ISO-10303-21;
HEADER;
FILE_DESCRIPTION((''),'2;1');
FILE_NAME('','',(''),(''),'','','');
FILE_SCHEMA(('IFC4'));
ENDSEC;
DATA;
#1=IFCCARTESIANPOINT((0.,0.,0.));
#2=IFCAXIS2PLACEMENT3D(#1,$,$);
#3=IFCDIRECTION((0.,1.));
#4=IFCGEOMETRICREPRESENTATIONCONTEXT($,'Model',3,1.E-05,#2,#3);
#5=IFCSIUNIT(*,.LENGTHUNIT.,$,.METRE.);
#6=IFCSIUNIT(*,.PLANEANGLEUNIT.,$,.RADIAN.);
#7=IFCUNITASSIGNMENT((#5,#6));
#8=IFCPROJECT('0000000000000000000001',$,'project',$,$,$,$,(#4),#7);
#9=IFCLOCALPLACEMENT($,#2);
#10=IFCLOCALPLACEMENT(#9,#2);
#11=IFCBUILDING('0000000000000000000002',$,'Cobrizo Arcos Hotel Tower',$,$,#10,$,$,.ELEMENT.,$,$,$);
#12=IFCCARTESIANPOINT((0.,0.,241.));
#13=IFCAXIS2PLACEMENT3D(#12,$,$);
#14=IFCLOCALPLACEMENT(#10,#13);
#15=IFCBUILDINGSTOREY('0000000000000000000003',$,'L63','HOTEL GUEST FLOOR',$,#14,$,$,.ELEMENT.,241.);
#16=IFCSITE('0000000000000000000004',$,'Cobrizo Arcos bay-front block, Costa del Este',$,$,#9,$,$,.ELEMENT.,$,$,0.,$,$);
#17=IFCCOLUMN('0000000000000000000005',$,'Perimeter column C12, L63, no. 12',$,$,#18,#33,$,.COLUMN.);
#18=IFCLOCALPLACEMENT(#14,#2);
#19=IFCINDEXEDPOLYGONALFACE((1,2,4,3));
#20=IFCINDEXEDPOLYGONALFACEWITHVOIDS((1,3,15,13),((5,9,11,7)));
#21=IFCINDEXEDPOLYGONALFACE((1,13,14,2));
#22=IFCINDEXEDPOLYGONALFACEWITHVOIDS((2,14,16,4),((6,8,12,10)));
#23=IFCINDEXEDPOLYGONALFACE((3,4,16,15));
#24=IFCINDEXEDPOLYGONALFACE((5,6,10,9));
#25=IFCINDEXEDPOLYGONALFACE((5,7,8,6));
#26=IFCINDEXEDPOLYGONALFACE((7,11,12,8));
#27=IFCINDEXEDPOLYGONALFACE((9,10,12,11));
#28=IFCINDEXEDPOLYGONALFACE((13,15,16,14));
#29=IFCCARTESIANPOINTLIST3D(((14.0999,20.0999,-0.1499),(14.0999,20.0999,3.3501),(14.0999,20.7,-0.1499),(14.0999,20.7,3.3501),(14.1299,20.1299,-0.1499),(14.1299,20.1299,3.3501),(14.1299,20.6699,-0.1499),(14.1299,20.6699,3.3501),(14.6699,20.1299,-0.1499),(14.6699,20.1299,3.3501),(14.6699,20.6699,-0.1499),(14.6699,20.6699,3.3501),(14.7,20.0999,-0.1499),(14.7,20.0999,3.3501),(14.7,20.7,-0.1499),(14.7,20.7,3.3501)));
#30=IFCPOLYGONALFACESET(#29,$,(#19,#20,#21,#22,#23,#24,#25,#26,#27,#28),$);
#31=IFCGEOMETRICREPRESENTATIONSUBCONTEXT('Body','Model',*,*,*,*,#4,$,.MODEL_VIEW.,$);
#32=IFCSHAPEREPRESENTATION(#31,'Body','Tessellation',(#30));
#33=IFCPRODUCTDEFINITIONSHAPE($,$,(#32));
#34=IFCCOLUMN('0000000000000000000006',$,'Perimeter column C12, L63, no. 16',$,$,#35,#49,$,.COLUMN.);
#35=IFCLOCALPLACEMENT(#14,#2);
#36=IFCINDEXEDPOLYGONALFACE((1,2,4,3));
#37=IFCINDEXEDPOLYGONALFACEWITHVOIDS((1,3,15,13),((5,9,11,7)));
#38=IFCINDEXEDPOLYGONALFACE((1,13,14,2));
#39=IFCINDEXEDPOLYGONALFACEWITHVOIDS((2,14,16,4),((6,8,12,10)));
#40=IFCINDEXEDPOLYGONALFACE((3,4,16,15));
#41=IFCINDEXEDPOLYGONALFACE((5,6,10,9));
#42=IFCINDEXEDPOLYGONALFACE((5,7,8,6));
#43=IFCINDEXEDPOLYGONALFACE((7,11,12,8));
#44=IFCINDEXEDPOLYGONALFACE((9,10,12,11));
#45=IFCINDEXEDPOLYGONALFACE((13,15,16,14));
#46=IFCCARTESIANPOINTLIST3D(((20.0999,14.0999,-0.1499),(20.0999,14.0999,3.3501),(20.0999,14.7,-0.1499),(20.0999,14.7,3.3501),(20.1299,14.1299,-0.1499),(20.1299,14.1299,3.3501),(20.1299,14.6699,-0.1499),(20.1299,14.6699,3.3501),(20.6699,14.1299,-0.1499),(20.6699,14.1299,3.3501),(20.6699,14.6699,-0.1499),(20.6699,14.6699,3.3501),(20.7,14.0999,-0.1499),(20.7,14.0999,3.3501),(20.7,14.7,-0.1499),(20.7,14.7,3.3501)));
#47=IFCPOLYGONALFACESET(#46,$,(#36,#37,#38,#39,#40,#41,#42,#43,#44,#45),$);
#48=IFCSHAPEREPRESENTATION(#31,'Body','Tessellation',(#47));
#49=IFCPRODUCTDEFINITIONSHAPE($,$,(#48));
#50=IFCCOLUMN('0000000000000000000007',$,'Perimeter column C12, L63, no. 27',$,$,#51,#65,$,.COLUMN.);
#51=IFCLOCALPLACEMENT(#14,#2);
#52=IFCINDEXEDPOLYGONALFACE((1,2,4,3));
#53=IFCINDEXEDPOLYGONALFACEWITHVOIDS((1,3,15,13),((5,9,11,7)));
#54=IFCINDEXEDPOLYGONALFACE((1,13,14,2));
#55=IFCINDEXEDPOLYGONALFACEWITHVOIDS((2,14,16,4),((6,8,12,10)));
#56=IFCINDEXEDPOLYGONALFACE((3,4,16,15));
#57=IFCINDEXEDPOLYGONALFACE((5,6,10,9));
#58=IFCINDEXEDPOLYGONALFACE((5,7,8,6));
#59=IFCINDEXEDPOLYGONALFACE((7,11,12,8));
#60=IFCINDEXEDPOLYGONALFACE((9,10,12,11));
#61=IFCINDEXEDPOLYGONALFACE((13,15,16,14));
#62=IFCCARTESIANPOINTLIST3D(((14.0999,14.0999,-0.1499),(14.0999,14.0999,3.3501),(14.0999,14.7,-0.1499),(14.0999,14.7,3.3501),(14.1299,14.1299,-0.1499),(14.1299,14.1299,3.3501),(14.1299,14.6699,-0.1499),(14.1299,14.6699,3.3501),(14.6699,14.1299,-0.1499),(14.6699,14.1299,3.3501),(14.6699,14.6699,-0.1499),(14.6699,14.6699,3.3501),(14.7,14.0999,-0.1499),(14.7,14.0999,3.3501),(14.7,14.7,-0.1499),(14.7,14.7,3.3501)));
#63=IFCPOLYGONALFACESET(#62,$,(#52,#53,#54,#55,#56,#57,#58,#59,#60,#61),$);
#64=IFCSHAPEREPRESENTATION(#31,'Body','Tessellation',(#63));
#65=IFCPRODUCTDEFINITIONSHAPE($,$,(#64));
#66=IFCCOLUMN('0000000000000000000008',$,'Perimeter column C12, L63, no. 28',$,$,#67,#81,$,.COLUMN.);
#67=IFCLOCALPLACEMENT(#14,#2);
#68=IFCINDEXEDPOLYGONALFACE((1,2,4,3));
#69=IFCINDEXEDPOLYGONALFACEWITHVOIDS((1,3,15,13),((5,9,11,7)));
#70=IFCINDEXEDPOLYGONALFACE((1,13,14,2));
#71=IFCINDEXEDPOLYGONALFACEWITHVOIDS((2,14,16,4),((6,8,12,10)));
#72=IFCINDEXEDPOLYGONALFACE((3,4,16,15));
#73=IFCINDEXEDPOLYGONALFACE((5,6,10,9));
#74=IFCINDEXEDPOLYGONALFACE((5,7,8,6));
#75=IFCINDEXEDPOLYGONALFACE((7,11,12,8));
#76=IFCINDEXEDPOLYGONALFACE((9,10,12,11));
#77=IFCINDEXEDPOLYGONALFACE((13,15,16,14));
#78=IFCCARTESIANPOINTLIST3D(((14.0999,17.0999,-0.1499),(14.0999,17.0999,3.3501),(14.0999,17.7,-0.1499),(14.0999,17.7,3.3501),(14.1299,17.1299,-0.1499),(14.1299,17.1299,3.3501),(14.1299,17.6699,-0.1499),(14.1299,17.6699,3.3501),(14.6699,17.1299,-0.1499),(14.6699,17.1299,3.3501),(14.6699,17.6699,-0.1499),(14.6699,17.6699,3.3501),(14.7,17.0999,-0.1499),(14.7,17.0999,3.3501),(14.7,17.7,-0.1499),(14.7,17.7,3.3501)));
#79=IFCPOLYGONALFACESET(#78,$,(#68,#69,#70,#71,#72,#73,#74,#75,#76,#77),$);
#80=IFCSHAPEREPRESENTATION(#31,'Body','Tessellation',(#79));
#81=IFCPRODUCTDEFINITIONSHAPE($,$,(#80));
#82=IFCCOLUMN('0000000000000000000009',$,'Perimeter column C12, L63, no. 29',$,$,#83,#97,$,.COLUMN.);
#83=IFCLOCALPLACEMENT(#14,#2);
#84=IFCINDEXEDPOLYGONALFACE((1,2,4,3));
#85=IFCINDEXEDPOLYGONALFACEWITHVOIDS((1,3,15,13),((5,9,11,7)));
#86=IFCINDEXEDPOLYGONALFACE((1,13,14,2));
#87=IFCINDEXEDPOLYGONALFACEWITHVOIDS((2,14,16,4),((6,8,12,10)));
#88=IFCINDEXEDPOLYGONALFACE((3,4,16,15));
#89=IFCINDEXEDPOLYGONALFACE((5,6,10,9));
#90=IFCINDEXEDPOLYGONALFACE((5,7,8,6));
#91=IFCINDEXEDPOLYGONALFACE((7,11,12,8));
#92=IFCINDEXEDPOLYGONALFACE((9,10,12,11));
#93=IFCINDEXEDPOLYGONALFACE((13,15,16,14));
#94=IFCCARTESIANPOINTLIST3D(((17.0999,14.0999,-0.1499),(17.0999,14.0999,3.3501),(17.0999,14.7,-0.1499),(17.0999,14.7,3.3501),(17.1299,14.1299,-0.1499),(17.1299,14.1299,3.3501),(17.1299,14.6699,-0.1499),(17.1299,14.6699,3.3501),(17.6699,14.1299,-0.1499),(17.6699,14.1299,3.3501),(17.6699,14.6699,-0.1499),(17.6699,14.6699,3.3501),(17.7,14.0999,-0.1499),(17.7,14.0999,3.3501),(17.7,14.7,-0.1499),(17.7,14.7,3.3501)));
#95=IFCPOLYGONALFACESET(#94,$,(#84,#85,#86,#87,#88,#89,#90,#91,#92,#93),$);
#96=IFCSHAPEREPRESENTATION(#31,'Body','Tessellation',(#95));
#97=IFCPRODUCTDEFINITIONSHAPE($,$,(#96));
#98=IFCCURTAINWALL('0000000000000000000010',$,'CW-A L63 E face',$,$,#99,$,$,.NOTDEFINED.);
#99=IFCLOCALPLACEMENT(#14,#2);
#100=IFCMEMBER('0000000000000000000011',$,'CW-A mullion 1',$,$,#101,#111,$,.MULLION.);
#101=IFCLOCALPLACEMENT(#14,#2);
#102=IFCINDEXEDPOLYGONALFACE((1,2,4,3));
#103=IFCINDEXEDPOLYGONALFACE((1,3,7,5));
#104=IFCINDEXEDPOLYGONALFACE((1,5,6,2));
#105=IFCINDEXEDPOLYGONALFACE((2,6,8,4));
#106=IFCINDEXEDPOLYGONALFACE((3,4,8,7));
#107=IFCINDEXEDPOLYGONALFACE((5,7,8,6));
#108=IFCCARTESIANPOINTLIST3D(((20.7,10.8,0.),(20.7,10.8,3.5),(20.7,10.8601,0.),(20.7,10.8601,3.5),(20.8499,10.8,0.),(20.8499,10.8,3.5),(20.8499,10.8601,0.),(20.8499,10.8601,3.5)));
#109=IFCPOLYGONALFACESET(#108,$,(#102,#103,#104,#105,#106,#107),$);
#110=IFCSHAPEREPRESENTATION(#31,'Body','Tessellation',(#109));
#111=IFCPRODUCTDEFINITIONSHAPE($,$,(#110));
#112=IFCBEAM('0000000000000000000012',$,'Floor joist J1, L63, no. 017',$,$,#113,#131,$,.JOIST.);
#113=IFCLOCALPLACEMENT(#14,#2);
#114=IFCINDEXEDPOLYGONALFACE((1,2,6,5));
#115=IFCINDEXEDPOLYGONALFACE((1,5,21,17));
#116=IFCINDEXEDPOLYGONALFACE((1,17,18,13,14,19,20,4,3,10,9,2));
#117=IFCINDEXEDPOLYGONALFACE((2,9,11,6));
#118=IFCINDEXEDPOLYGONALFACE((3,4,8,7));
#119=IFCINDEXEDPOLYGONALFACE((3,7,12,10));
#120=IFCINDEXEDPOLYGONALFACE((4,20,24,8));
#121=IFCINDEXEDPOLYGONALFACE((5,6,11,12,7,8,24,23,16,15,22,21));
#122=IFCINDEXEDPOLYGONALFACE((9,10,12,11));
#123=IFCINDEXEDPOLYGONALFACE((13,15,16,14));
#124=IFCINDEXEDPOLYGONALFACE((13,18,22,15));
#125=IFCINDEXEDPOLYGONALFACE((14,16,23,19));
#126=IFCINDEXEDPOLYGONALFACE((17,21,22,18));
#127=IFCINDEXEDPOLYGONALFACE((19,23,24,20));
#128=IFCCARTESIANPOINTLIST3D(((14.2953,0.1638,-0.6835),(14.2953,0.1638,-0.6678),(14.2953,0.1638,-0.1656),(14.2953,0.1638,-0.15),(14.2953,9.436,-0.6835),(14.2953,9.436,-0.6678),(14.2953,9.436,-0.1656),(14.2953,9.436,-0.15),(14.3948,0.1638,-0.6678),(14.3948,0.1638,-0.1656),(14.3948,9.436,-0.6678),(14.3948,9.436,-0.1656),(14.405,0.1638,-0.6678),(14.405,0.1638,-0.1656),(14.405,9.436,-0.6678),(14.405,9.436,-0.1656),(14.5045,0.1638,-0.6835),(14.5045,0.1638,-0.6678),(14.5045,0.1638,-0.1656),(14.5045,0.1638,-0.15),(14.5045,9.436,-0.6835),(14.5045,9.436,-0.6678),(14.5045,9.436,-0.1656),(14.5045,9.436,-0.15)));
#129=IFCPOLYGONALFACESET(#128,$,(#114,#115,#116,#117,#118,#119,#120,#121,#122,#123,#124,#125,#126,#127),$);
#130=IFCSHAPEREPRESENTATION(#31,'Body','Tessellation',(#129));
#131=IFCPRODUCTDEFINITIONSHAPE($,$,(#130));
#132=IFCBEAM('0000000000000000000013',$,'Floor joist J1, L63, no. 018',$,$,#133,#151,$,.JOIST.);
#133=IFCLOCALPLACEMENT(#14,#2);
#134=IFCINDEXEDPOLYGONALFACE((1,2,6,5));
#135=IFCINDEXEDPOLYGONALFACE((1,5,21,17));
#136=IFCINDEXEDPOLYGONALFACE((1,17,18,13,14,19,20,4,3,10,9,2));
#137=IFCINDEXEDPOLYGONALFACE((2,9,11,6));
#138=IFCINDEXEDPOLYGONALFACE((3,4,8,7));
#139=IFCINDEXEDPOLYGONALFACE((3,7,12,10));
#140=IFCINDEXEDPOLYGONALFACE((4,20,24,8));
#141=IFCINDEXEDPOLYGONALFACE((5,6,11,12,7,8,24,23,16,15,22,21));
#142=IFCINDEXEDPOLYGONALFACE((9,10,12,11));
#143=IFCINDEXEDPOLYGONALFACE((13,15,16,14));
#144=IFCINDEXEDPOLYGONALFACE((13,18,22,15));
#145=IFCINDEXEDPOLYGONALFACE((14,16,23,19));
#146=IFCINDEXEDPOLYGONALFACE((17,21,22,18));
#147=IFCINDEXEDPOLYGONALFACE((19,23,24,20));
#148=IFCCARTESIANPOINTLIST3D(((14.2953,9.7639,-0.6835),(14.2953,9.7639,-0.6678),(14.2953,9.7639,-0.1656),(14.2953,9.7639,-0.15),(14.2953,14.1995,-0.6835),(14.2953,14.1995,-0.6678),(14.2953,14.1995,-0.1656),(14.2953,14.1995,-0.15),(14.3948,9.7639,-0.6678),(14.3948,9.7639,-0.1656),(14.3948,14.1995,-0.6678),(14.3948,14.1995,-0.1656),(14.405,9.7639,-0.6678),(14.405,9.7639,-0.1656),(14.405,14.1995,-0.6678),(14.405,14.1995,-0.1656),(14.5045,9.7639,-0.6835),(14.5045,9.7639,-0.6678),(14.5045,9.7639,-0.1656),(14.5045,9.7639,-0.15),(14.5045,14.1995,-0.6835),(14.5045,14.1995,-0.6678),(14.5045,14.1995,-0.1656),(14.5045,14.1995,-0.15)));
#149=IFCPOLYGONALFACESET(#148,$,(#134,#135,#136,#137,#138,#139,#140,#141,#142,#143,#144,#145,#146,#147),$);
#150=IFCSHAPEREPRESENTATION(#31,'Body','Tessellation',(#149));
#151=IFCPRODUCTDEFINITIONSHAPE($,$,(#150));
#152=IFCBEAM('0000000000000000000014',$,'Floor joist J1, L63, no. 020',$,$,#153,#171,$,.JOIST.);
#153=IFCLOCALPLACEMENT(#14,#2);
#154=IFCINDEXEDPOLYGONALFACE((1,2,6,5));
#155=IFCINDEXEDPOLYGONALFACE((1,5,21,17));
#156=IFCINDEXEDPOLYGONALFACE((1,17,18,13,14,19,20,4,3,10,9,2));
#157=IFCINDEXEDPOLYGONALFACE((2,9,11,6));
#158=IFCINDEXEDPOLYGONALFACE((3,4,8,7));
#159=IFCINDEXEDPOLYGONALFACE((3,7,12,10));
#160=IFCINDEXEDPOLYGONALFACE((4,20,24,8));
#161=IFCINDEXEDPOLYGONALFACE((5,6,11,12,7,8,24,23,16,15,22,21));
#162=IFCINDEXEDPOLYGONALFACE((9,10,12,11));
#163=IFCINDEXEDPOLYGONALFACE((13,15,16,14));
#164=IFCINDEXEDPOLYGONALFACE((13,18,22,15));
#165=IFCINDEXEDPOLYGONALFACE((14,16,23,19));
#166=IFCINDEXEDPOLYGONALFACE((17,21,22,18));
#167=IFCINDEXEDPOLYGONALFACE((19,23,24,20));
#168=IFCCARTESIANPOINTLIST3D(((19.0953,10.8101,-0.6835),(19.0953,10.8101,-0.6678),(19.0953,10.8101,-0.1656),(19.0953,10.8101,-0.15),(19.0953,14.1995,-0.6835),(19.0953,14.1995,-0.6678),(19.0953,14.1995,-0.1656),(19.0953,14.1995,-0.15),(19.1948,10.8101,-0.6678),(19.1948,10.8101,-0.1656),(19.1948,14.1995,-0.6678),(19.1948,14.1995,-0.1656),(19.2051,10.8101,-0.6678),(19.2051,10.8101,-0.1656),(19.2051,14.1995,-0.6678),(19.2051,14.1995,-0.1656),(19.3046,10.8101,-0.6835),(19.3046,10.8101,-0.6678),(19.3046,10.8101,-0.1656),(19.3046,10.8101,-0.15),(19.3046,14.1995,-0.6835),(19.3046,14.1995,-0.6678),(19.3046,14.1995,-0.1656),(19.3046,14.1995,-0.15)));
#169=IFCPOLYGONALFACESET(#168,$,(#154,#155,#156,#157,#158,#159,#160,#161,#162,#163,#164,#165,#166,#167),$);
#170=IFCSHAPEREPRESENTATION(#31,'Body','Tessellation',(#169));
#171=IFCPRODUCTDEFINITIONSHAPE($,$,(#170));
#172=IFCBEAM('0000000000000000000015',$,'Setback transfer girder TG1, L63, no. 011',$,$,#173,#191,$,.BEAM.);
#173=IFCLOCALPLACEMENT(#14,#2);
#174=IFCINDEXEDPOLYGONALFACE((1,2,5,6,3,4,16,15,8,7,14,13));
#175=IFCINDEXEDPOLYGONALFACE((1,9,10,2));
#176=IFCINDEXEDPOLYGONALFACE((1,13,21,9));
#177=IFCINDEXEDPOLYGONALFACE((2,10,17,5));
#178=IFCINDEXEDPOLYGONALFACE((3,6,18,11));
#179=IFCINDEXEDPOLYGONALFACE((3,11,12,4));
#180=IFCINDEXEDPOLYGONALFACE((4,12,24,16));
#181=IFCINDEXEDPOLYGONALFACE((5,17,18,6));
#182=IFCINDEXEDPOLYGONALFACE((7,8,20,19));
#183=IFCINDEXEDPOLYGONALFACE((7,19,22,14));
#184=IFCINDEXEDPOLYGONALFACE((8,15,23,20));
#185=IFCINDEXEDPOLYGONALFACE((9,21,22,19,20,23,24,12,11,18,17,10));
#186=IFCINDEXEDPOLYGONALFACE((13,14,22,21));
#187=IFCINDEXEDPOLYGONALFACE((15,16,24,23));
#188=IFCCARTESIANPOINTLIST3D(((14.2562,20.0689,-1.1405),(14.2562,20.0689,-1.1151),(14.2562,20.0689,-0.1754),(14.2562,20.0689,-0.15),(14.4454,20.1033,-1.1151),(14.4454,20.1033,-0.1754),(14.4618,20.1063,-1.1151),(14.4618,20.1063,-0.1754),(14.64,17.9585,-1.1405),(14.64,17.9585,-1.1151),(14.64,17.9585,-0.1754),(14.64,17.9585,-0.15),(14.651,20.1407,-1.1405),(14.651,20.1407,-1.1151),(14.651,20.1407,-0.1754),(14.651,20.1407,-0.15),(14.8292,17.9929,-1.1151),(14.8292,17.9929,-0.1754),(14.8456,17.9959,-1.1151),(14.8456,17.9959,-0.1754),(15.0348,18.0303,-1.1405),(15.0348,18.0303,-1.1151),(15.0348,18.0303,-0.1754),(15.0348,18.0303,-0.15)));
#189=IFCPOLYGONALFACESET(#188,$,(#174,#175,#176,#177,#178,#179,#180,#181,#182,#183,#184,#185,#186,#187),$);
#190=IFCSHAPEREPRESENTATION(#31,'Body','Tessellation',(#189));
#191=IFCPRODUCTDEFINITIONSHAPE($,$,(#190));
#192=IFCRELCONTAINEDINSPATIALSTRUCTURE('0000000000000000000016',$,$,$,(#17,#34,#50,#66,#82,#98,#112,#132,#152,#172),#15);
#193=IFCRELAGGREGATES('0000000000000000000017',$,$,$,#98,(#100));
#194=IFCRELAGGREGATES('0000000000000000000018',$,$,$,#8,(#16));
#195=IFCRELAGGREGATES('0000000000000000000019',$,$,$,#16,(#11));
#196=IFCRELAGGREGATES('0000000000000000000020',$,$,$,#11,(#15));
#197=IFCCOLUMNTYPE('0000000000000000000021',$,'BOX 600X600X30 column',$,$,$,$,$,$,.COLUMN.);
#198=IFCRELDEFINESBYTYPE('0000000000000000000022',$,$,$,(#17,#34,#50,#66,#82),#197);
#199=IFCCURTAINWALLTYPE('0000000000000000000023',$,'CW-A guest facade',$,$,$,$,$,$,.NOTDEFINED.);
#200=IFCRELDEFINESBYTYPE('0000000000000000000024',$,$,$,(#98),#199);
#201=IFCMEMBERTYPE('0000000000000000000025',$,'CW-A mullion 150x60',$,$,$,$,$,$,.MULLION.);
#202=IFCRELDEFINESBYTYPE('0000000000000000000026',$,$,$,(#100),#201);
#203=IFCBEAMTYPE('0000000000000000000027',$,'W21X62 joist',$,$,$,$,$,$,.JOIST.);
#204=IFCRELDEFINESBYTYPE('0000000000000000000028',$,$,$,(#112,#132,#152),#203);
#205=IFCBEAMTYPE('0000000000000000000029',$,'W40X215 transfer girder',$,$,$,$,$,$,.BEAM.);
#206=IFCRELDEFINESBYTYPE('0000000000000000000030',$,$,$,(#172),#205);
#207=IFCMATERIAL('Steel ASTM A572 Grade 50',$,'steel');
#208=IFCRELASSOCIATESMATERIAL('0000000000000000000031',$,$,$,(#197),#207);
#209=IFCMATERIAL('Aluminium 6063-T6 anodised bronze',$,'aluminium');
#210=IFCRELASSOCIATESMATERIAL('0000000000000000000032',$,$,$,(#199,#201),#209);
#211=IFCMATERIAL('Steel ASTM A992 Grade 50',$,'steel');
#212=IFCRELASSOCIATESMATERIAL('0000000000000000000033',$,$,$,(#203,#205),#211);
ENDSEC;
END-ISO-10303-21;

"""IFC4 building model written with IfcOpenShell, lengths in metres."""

from ifc_helpers import new_model, si_unit, direction, frame, origin, origin_2d, place, context, subcontext, project, spatial, rectangle, hollow_rectangle, i_section, extrude, material, material_profile, profile_set, type_object, element, aggregate, save


model = new_model("IFC4")

# Units and contexts
model_context = context("Model", 3, precision=1e-05, world=origin(), true_north=direction((0.0, 1.0)))
body_context = subcontext(model_context, "Body", "Model", "MODEL_VIEW")
ifc_project = project(units=[si_unit("LENGTHUNIT", "METRE"), si_unit("PLANEANGLEUNIT", "RADIAN")], contexts=[model_context])

# Site, building, storey
site_placement = place(None, origin())
site = spatial("IfcSite", under=ifc_project, at=site_placement, Name="Cobrizo Arcos bay-front block, Costa del Este", CompositionType="ELEMENT", RefElevation=0.0)
building_placement = place(site_placement, origin())
building = spatial("IfcBuilding", under=site, at=building_placement, Name="Cobrizo Arcos Hotel Tower", CompositionType="ELEMENT")
storey_placement = place(building_placement, frame((0.0, 0.0, 241.0)))
storey = spatial("IfcBuildingStorey", under=building, at=storey_placement, Name="L63", Description="HOTEL GUEST FLOOR", CompositionType="ELEMENT", Elevation=241.0)

# Columns
ifc_material_1 = material(Name="Steel ASTM A572 Grade 50", Category="steel")
ifc_material_profile_1 = material_profile(ifc_material_1, hollow_rectangle(XDim=0.6001, YDim=0.6001, WallThickness=0.03, at=origin_2d()), Name="BOX 600X600X30")
ifc_profile_set_1 = profile_set([ifc_material_profile_1], Name="Steel ASTM A572 Grade 50")
column_type = type_object("IfcColumnType", Name="BOX 600X600X30 column", PredefinedType="COLUMN", material=ifc_profile_set_1)
for number, where, z_axis, x_axis, name in (
    (1, (14.3999, 20.3999, -0.1499), (0.0, 0.0, 1.0), (1.0, 0.0, 0.0), "Perimeter column C12, L63, no. 12"),
    (2, (20.3999, 14.3999, -0.1499), (0.0, 0.0, 1.0), (1.0, 0.0, 0.0), "Perimeter column C12, L63, no. 16"),
    (3, (14.3999, 14.3999, -0.1499), (0.0, 0.0, 1.0), (1.0, 0.0, 0.0), "Perimeter column C12, L63, no. 27"),
    (4, (14.3999, 17.3999, -0.1499), (0.0, 0.0, 1.0), (1.0, 0.0, 0.0), "Perimeter column C12, L63, no. 28"),
    (5, (17.3999, 14.3999, -0.1499), (0.0, 0.0, 1.0), (1.0, 0.0, 0.0), "Perimeter column C12, L63, no. 29"),
):
    element("IfcColumn", number, at=place(storey_placement, frame(where, z_axis=z_axis, x_axis=x_axis)), inside=storey, type_object=column_type, Name=name, PredefinedType="COLUMN", context=body_context, shape_type="SweptSolid", body=[
        extrude(hollow_rectangle(XDim=0.6001, YDim=0.6001, WallThickness=0.03, at=origin_2d()), origin(), (0.0, 0.0, 1.0), 3.5),
    ])

# Curtain wall, member
ifc_material_2 = material(Name="Aluminium 6063-T6 anodised bronze", Category="aluminium")
curtain_wall_type = type_object("IfcCurtainWallType", Name="CW-A guest facade", PredefinedType="NOTDEFINED", material=ifc_material_2)
curtain_wall_placement = place(storey_placement, origin())
curtain_wall = element("IfcCurtainWall", 6, at=curtain_wall_placement, inside=storey, type_object=curtain_wall_type, Name="CW-A L63 E face", PredefinedType="NOTDEFINED")
ifc_material_profile_2 = material_profile(ifc_material_2, rectangle(XDim=0.1499, YDim=0.0601, at=origin_2d()), Name="CW-A mullion 150x60")
ifc_profile_set_2 = profile_set([ifc_material_profile_2], Name="Aluminium 6063-T6 anodised bronze")
member_type = type_object("IfcMemberType", Name="CW-A mullion 150x60", PredefinedType="MULLION", material=ifc_profile_set_2)
member_placement = place(storey_placement, frame((20.7749, 10.8301, 0.0), z_axis=(0.0, 0.0, 1.0), x_axis=(1.0, 0.0, 0.0)))
member = element("IfcMember", 7, at=member_placement, type_object=member_type, Name="CW-A mullion 1", PredefinedType="MULLION", context=body_context, shape_type="SweptSolid", body=[
    extrude(rectangle(XDim=0.1499, YDim=0.0601, at=origin_2d()), origin(), (0.0, 0.0, 1.0), 3.5),
])

# Beams
ifc_material_3 = material(Name="Steel ASTM A992 Grade 50", Category="steel")
ifc_material_profile_3 = material_profile(ifc_material_3, i_section(OverallWidth=0.2092, OverallDepth=0.5334, WebThickness=0.0103, FlangeThickness=0.0156, at=origin_2d()), Name="W21X62")
ifc_profile_set_3 = profile_set([ifc_material_profile_3], Name="Steel ASTM A992 Grade 50")
beam_type_1 = type_object("IfcBeamType", Name="W21X62 joist", PredefinedType="JOIST", material=ifc_profile_set_3)
beam_1_placement = place(storey_placement, frame((14.3999, 0.1638, -0.4167), z_axis=(0.0, 1.0, 0.0), x_axis=(-1.0, 0.0, 0.0)))
element("IfcBeam", 8, at=beam_1_placement, inside=storey, type_object=beam_type_1, Name="Floor joist J1, L63, no. 017", PredefinedType="JOIST", context=body_context, shape_type="SweptSolid", body=[
    extrude(i_section(OverallWidth=0.2092, OverallDepth=0.5334, WebThickness=0.0103, FlangeThickness=0.0156, at=origin_2d()), origin(), (0.0, 0.0, 1.0), 9.2722),
])
beam_2_placement = place(storey_placement, frame((14.3999, 9.7639, -0.4167), z_axis=(0.0, 1.0, 0.0), x_axis=(-1.0, 0.0, 0.0)))
element("IfcBeam", 9, at=beam_2_placement, inside=storey, type_object=beam_type_1, Name="Floor joist J1, L63, no. 018", PredefinedType="JOIST", context=body_context, shape_type="SweptSolid", body=[
    extrude(i_section(OverallWidth=0.2092, OverallDepth=0.5334, WebThickness=0.0103, FlangeThickness=0.0156, at=origin_2d()), origin(), (0.0, 0.0, 1.0), 4.4355),
])
beam_3_placement = place(storey_placement, frame((19.2, 10.8101, -0.4167), z_axis=(0.0, 1.0, 0.0), x_axis=(-1.0, 0.0, 0.0)))
element("IfcBeam", 10, at=beam_3_placement, inside=storey, type_object=beam_type_1, Name="Floor joist J1, L63, no. 020", PredefinedType="JOIST", context=body_context, shape_type="SweptSolid", body=[
    extrude(i_section(OverallWidth=0.2092, OverallDepth=0.5334, WebThickness=0.0103, FlangeThickness=0.0156, at=origin_2d()), origin(), (0.0, 0.0, 1.0), 3.3894),
])
ifc_material_profile_4 = material_profile(ifc_material_3, i_section(OverallWidth=0.4014, OverallDepth=0.9905, WebThickness=0.0166, FlangeThickness=0.0254, at=origin_2d()), Name="W40X215")
ifc_profile_set_4 = profile_set([ifc_material_profile_4], Name="Steel ASTM A992 Grade 50")
beam_type_2 = type_object("IfcBeamType", Name="W40X215 transfer girder", PredefinedType="BEAM", material=ifc_profile_set_4)
for number, where, z_axis, x_axis, name in (
    (11, (14.8374, 17.9944, -0.6453), (-0.178926, 0.983863, 0.0), (-0.983863, -0.178926, 0.0), "Setback transfer girder TG1, L63, no. 011"),
):
    element("IfcBeam", number, at=place(storey_placement, frame(where, z_axis=z_axis, x_axis=x_axis)), inside=storey, type_object=beam_type_2, Name=name, PredefinedType="BEAM", context=body_context, shape_type="SweptSolid", body=[
        extrude(i_section(OverallWidth=0.4014, OverallDepth=0.9905, WebThickness=0.0166, FlangeThickness=0.0254, at=origin_2d()), origin(), (0.0, 0.0, 1.0), 2.145),
    ])

aggregate(curtain_wall, [member])

save(model, "model.ifc")
